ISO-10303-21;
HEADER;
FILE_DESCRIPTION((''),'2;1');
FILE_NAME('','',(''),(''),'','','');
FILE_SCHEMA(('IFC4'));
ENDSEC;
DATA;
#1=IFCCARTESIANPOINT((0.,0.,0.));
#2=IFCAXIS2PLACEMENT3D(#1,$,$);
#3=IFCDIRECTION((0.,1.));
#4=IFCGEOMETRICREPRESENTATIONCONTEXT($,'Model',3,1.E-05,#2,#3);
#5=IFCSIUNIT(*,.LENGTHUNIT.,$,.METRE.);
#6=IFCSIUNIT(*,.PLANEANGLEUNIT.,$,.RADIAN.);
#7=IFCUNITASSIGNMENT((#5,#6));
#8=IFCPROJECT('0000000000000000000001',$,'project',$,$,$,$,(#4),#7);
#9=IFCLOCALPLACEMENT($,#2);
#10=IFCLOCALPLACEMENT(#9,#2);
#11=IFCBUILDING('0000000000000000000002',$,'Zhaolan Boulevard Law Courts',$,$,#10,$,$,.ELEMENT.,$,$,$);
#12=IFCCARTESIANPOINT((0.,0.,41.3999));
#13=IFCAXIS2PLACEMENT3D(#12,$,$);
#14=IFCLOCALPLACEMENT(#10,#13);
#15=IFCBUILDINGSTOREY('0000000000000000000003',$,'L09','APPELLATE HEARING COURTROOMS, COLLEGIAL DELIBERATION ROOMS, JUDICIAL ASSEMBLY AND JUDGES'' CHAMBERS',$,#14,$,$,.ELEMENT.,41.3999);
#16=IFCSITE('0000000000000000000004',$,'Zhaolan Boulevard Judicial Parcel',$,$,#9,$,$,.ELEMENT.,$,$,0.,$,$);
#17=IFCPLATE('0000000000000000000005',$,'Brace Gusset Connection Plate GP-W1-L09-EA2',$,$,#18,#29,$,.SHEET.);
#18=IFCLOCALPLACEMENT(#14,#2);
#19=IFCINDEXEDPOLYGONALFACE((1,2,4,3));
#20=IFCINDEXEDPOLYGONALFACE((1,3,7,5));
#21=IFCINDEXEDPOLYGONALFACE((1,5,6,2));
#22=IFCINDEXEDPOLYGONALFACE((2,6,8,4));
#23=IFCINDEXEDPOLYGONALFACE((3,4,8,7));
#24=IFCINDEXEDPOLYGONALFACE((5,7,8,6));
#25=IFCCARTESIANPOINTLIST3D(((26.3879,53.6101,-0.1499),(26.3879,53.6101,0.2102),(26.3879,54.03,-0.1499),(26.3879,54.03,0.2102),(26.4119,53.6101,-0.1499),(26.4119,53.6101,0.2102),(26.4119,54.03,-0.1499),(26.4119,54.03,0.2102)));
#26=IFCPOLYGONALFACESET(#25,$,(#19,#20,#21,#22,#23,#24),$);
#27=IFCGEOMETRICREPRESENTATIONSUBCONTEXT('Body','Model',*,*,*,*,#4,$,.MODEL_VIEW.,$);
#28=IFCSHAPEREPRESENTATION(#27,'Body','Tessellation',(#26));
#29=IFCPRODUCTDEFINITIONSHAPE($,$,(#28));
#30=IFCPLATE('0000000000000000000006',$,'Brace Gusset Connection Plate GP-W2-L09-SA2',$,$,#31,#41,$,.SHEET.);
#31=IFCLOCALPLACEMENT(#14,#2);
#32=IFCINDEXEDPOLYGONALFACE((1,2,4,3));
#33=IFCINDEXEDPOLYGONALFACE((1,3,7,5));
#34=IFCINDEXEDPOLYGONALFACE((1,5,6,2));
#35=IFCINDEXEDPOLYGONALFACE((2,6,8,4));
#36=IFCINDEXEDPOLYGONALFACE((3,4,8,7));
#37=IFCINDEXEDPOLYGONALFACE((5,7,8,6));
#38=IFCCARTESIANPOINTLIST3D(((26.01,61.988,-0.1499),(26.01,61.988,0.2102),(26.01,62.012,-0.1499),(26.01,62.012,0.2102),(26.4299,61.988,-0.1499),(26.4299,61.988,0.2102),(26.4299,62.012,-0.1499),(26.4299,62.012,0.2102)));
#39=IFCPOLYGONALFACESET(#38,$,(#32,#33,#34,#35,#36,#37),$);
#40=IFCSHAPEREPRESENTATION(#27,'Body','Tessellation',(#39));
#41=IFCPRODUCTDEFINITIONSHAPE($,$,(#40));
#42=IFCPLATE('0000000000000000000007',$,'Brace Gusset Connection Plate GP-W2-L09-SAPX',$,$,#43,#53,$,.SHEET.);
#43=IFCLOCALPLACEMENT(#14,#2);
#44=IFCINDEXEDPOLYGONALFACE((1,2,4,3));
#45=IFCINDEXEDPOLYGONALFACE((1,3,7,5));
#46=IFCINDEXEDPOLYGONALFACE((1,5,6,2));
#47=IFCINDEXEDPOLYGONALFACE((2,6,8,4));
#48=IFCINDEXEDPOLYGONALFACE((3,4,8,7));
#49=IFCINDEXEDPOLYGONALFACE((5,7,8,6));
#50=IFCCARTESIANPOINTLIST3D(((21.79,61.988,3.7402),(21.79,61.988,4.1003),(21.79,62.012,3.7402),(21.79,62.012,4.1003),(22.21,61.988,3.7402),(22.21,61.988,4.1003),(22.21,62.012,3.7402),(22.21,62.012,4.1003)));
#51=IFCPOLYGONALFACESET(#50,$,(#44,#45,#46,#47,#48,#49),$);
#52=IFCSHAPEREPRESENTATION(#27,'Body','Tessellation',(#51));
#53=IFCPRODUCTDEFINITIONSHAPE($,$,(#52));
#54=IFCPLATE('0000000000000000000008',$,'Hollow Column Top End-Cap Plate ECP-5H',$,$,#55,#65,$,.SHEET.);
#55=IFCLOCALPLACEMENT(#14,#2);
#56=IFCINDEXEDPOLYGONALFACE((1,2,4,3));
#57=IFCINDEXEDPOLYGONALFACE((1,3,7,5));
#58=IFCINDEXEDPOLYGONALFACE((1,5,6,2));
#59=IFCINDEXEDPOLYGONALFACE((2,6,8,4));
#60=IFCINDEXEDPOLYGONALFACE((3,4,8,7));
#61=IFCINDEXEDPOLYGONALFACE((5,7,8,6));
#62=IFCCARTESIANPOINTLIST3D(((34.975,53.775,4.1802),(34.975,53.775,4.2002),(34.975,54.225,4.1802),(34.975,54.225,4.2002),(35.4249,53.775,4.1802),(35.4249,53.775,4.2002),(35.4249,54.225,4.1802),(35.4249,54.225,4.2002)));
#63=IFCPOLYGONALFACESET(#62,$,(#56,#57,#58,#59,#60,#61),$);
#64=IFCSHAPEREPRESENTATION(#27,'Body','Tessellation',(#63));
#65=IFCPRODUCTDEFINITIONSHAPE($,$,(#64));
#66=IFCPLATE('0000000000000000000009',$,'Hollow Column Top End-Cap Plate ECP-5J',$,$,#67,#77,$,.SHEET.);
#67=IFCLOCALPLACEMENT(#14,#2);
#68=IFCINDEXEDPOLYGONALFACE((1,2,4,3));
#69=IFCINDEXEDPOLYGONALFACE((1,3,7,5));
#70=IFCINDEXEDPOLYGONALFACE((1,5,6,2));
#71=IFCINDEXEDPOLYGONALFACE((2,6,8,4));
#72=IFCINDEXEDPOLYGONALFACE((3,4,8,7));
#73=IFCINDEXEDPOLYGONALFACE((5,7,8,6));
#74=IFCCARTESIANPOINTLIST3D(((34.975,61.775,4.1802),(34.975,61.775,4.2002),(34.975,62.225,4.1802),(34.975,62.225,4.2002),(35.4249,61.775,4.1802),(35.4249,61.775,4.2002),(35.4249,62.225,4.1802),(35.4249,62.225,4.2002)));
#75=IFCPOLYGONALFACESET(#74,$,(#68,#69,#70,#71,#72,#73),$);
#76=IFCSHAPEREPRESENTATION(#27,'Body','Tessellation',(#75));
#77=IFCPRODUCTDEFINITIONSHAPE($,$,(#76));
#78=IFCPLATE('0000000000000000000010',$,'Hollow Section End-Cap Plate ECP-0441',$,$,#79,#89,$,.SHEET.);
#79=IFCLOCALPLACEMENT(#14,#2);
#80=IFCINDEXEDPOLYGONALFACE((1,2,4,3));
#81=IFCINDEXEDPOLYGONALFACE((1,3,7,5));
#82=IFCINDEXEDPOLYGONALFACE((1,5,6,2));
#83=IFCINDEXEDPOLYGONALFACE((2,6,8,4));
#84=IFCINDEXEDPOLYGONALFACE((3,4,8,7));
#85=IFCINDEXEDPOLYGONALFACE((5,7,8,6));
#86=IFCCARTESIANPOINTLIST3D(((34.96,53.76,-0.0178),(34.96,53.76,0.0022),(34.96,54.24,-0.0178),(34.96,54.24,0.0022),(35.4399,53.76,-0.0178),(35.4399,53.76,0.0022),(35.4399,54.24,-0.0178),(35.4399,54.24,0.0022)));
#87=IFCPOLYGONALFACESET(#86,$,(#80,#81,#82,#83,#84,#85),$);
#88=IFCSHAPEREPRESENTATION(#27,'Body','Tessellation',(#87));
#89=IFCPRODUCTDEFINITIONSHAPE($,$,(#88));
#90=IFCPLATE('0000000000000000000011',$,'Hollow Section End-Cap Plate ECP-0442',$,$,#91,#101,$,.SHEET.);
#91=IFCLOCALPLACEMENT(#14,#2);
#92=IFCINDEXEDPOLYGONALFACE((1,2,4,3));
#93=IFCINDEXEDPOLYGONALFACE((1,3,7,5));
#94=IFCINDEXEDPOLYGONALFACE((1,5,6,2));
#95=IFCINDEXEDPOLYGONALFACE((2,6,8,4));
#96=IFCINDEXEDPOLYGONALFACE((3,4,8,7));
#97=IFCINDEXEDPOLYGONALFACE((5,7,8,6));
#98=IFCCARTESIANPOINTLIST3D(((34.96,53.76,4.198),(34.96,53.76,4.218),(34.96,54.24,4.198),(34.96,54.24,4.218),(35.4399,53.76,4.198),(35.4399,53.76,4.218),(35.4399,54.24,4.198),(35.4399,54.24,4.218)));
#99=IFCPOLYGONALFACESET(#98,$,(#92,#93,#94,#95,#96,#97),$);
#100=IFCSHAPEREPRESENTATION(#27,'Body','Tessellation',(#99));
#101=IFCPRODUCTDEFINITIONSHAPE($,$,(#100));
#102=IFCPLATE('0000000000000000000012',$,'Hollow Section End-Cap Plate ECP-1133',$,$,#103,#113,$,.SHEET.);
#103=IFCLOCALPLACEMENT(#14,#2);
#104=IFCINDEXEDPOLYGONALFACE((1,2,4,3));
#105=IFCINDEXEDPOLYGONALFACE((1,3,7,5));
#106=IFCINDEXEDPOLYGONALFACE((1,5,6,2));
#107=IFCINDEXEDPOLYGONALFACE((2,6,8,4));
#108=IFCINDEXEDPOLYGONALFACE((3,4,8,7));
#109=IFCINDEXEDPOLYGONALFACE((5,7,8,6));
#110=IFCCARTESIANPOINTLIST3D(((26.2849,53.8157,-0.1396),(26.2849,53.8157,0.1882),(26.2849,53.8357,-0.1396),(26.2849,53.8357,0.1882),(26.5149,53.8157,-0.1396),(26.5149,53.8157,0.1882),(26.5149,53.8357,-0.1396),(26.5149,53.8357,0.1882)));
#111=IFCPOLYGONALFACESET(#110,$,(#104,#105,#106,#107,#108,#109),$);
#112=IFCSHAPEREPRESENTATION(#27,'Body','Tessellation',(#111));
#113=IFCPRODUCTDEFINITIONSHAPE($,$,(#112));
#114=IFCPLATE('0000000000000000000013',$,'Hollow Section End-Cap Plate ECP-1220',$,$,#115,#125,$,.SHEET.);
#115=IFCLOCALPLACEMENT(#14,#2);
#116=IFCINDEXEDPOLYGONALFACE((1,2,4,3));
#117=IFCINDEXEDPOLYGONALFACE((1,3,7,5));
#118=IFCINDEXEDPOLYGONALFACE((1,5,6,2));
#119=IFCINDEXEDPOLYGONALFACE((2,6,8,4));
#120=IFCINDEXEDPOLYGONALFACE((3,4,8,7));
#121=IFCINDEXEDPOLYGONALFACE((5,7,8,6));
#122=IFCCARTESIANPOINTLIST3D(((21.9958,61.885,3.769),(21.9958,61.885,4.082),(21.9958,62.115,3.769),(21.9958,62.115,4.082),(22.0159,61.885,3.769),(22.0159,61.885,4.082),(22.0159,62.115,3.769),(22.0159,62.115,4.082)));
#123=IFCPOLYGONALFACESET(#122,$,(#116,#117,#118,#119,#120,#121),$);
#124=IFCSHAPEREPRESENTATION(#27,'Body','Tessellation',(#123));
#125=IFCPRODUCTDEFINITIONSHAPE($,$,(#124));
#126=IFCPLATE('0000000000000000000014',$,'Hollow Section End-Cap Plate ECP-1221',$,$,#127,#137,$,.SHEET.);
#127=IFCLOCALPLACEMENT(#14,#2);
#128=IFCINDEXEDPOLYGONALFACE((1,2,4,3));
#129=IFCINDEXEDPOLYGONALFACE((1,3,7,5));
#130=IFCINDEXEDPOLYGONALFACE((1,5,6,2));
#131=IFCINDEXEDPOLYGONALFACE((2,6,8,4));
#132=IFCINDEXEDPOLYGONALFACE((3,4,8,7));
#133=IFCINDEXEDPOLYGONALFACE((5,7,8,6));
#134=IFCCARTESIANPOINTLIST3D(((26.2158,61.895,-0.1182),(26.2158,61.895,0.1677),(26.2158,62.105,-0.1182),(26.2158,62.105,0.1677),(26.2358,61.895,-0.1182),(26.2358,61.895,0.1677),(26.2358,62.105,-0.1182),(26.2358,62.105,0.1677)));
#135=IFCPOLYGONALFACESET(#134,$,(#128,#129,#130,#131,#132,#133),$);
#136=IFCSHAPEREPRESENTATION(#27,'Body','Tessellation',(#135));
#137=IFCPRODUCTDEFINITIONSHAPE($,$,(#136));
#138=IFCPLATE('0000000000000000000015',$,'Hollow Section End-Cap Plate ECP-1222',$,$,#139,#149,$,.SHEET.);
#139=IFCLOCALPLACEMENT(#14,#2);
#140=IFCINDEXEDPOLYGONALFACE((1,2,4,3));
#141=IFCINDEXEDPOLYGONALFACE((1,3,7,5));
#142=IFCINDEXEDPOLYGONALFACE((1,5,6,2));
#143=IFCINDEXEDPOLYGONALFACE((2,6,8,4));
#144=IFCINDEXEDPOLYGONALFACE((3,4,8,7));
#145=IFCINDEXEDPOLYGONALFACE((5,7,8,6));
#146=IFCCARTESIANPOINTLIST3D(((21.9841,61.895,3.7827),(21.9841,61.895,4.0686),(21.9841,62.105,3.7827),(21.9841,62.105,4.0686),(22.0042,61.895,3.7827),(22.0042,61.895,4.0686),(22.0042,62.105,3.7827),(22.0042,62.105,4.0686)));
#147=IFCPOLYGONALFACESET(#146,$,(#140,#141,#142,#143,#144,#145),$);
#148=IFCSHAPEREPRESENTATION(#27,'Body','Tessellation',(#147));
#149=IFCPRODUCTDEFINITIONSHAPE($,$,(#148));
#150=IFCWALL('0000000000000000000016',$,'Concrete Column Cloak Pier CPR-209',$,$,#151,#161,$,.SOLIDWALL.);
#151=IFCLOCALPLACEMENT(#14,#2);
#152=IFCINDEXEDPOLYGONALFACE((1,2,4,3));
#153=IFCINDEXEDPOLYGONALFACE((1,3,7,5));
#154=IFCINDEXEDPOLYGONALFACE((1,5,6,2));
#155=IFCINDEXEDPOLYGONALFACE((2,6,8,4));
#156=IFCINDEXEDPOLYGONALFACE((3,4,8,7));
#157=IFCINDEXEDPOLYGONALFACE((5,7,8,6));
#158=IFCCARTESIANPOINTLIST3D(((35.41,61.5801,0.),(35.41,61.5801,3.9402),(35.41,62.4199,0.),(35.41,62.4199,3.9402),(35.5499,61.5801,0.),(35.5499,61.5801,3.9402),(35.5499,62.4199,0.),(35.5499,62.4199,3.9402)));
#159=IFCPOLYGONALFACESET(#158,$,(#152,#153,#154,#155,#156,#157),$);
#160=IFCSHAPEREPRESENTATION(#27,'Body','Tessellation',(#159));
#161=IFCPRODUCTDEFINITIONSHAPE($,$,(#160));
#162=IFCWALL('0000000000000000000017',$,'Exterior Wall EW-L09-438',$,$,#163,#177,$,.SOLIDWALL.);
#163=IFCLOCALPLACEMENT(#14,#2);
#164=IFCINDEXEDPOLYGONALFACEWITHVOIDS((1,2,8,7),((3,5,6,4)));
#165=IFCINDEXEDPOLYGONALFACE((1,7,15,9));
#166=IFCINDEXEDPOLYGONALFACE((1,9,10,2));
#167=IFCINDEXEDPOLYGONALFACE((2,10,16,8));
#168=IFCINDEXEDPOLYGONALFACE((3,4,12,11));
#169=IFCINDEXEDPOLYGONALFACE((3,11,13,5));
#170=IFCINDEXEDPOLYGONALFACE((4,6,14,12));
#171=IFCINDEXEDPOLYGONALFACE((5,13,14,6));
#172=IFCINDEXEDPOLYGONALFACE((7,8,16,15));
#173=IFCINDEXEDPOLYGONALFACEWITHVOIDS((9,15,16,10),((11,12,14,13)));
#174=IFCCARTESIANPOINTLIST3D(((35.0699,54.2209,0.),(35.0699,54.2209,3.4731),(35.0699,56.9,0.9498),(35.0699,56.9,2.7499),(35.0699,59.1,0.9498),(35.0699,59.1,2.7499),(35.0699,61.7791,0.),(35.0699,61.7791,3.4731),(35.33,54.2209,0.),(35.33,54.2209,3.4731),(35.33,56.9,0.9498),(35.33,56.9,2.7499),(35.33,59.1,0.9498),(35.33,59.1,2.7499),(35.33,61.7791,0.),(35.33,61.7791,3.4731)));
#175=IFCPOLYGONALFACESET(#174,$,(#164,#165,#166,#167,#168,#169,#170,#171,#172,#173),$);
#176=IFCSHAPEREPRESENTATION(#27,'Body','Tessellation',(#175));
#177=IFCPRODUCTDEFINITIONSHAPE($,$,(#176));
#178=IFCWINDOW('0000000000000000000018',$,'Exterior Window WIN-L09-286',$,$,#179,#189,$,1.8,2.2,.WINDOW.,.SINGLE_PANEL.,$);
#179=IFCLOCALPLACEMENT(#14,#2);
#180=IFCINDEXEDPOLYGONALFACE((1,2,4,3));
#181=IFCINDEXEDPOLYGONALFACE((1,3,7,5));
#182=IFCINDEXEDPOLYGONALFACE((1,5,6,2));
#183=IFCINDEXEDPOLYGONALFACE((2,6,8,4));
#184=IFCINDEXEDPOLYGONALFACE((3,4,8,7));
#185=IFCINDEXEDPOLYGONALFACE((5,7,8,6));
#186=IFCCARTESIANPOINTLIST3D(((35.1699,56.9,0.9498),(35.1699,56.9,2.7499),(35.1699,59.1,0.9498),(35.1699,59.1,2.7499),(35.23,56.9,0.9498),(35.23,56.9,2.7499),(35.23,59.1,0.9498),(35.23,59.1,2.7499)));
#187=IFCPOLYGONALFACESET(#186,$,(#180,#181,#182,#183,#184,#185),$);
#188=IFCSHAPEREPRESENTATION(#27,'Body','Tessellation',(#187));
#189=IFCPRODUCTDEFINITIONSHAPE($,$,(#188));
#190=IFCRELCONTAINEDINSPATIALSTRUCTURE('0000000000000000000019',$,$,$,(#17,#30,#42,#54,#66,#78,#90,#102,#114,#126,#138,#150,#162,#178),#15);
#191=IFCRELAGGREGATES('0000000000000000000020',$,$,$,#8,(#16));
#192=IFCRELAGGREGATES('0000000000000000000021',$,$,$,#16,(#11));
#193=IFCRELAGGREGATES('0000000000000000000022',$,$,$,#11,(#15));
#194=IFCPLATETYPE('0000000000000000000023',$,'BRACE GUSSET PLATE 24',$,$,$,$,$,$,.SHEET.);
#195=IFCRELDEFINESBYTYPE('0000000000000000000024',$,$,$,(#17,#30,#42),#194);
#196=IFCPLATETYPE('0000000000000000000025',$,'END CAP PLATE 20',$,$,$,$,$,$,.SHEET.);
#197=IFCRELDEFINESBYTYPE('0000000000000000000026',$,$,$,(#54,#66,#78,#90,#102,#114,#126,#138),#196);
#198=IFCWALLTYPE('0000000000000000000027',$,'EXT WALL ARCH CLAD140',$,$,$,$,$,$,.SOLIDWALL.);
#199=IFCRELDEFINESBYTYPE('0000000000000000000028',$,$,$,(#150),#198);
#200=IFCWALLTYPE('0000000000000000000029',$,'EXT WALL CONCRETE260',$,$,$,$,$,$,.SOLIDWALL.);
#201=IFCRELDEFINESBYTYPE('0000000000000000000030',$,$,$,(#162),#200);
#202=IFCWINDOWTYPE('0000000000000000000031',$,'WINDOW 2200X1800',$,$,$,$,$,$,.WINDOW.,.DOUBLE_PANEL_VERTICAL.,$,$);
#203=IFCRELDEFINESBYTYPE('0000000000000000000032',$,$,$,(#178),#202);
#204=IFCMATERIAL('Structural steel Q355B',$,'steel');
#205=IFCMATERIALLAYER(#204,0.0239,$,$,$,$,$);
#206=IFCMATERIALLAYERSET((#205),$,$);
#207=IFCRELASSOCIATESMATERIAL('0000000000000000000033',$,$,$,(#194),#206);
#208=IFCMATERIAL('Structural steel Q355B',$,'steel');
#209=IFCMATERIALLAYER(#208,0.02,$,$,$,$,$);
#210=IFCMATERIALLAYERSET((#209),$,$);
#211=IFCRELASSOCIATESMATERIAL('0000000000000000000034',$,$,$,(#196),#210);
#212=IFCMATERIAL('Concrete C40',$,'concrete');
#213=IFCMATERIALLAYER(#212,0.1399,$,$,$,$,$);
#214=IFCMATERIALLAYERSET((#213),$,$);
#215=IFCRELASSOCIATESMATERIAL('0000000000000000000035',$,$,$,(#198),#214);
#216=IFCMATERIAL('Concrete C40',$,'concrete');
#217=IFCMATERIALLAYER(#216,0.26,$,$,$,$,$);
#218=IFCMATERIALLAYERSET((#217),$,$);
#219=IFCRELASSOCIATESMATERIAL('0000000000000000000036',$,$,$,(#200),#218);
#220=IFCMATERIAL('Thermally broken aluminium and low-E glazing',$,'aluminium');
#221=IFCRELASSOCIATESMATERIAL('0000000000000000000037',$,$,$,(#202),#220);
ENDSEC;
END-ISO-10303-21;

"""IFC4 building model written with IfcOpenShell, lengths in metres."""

from ifc_helpers import new_model, si_unit, direction, frame, frame_2d, origin, origin_2d, place, context, subcontext, project, spatial, rectangle, extrude, material, layer, layer_set, type_object, element, fill, save


model = new_model("IFC4")

# Units and contexts
model_context = context("Model", 3, precision=1e-05, world=origin(), true_north=direction((0.0, 1.0)))
body_context = subcontext(model_context, "Body", "Model", "MODEL_VIEW")
ifc_project = project(units=[si_unit("LENGTHUNIT", "METRE"), si_unit("PLANEANGLEUNIT", "RADIAN")], contexts=[model_context])

# Site, building, storey
site_placement = place(None, origin())
site = spatial("IfcSite", under=ifc_project, at=site_placement, Name="Zhaolan Boulevard Judicial Parcel", CompositionType="ELEMENT", RefElevation=0.0)
building_placement = place(site_placement, origin())
building = spatial("IfcBuilding", under=site, at=building_placement, Name="Zhaolan Boulevard Law Courts", CompositionType="ELEMENT")
storey_placement = place(building_placement, frame((0.0, 0.0, 41.3999)))
storey = spatial("IfcBuildingStorey", under=building, at=storey_placement, Name="L09", Description="APPELLATE HEARING COURTROOMS, COLLEGIAL DELIBERATION ROOMS, JUDICIAL ASSEMBLY AND JUDGES' CHAMBERS", CompositionType="ELEMENT", Elevation=41.3999)

# Plates
ifc_material_1 = material(Name="Structural steel Q355B", Category="steel")
ifc_layer_1 = layer(ifc_material_1, 0.0239)
ifc_layer_set_1 = layer_set([ifc_layer_1])
plate_type_1 = type_object("IfcPlateType", Name="BRACE GUSSET PLATE 24", PredefinedType="SHEET", material=ifc_layer_set_1)
for number, where, z_axis, x_axis, name in (
    (1, (26.3999, 53.8201, -0.1499), (0.0, 0.0, 1.0), (0.0, 1.0, 0.0), "Brace Gusset Connection Plate GP-W1-L09-EA2"),
    (2, (26.22, 62.0, -0.1499), (0.0, 0.0, 1.0), (1.0, 0.0, 0.0), "Brace Gusset Connection Plate GP-W2-L09-SA2"),
    (3, (22.0, 62.0, 3.7402), (0.0, 0.0, 1.0), (1.0, 0.0, 0.0), "Brace Gusset Connection Plate GP-W2-L09-SAPX"),
):
    element("IfcPlate", number, at=place(storey_placement, frame(where, z_axis=z_axis, x_axis=x_axis)), inside=storey, type_object=plate_type_1, Name=name, PredefinedType="SHEET", context=body_context, shape_type="SweptSolid", body=[
        extrude(rectangle(XDim=0.4199, YDim=0.0239, at=origin_2d()), origin(), (0.0, 0.0, 1.0), 0.3601),
    ])
ifc_material_2 = material(Name="Structural steel Q355B", Category="steel")
ifc_layer_2 = layer(ifc_material_2, 0.02)
ifc_layer_set_2 = layer_set([ifc_layer_2])
plate_type_2 = type_object("IfcPlateType", Name="END CAP PLATE 20", PredefinedType="SHEET", material=ifc_layer_set_2)
for number, where, z_axis, x_axis, name in (
    (4, (35.2, 54.0, 4.1802), (0.0, 0.0, 1.0), (1.0, 0.0, 0.0), "Hollow Column Top End-Cap Plate ECP-5H"),
    (5, (35.2, 62.0, 4.1802), (0.0, 0.0, 1.0), (1.0, 0.0, 0.0), "Hollow Column Top End-Cap Plate ECP-5J"),
):
    element("IfcPlate", number, at=place(storey_placement, frame(where, z_axis=z_axis, x_axis=x_axis)), inside=storey, type_object=plate_type_2, Name=name, PredefinedType="SHEET", context=body_context, shape_type="SweptSolid", body=[
        extrude(rectangle(XDim=0.45, YDim=0.45, at=origin_2d()), origin(), (0.0, 0.0, 1.0), 0.02),
    ])
for number, where, z_axis, x_axis, name in (
    (6, (35.2, 54.0, -0.0178), (0.0, 0.0, 1.0), (1.0, 0.0, 0.0), "Hollow Section End-Cap Plate ECP-0441"),
    (7, (35.2, 54.0, 4.198), (0.0, 0.0, 1.0), (1.0, 0.0, 0.0), "Hollow Section End-Cap Plate ECP-0442"),
):
    element("IfcPlate", number, at=place(storey_placement, frame(where, z_axis=z_axis, x_axis=x_axis)), inside=storey, type_object=plate_type_2, Name=name, PredefinedType="SHEET", context=body_context, shape_type="SweptSolid", body=[
        extrude(rectangle(XDim=0.48, YDim=0.48, at=origin_2d()), origin(), (0.0, 0.0, 1.0), 0.02),
    ])
plate_1_placement = place(storey_placement, frame((26.3999, 53.8257, -0.1396), z_axis=(0.0, 0.0, 1.0), x_axis=(0.0, -1.0, 0.0)))
element("IfcPlate", 8, at=plate_1_placement, inside=storey, type_object=plate_type_2, Name="Hollow Section End-Cap Plate ECP-1133", PredefinedType="SHEET", context=body_context, shape_type="SweptSolid", body=[
    extrude(rectangle(XDim=0.02, YDim=0.23, at=origin_2d()), origin(), (0.0, 0.0, 1.0), 0.3279),
])
plate_2_placement = place(storey_placement, frame((22.0059, 62.0, 3.769), z_axis=(0.0, 0.0, 1.0), x_axis=(1.0, 0.0, 0.0)))
element("IfcPlate", 9, at=plate_2_placement, inside=storey, type_object=plate_type_2, Name="Hollow Section End-Cap Plate ECP-1220", PredefinedType="SHEET", context=body_context, shape_type="SweptSolid", body=[
    extrude(rectangle(XDim=0.02, YDim=0.23, at=origin_2d()), origin(), (0.0, 0.0, 1.0), 0.313),
])
for number, where, z_axis, x_axis, name in (
    (10, (26.2258, 62.0, -0.1182), (0.0, 0.0, 1.0), (-1.0, 0.0, 0.0), "Hollow Section End-Cap Plate ECP-1221"),
    (11, (21.9941, 62.0, 3.7827), (0.0, 0.0, 1.0), (-1.0, 0.0, 0.0), "Hollow Section End-Cap Plate ECP-1222"),
):
    element("IfcPlate", number, at=place(storey_placement, frame(where, z_axis=z_axis, x_axis=x_axis)), inside=storey, type_object=plate_type_2, Name=name, PredefinedType="SHEET", context=body_context, shape_type="SweptSolid", body=[
        extrude(rectangle(XDim=0.02, YDim=0.21, at=origin_2d()), origin(), (0.0, 0.0, 1.0), 0.2859),
    ])

# Wall
ifc_material_3 = material(Name="Concrete C40", Category="concrete")
ifc_layer_3 = layer(ifc_material_3, 0.1399)
ifc_layer_set_3 = layer_set([ifc_layer_3])
wall_type_1 = type_object("IfcWallType", Name="EXT WALL ARCH CLAD140", PredefinedType="SOLIDWALL", material=ifc_layer_set_3)
wall_1_placement = place(storey_placement, frame((35.48, 61.5801, 0.0), z_axis=(0.0, 0.0, 1.0), x_axis=(0.0, 1.0, 0.0)))
element("IfcWall", 12, at=wall_1_placement, inside=storey, type_object=wall_type_1, Name="Concrete Column Cloak Pier CPR-209", PredefinedType="SOLIDWALL", context=body_context, shape_type="SweptSolid", body=[
    extrude(rectangle(XDim=0.8398, YDim=0.1399, at=frame_2d((0.4199, 0.0))), origin(), (0.0, 0.0, 1.0), 3.9402),
])

# Wall, opening, window
ifc_material_4 = material(Name="Concrete C40", Category="concrete")
ifc_layer_4 = layer(ifc_material_4, 0.26)
ifc_layer_set_4 = layer_set([ifc_layer_4])
wall_type_2 = type_object("IfcWallType", Name="EXT WALL CONCRETE260", PredefinedType="SOLIDWALL", material=ifc_layer_set_4)
wall_2_placement = place(storey_placement, frame((35.2, 54.2209, 0.0), z_axis=(0.0, 0.0, 1.0), x_axis=(0.0, 1.0, 0.0)))
wall_2 = element("IfcWall", 13, at=wall_2_placement, inside=storey, type_object=wall_type_2, Name="Exterior Wall EW-L09-438", PredefinedType="SOLIDWALL", context=body_context, shape_type="SweptSolid", body=[
    extrude(rectangle(XDim=7.5581, YDim=0.26, at=frame_2d((3.7791, 0.0))), origin(), (0.0, 0.0, 1.0), 3.4731),
])
opening_1_placement = place(wall_2_placement, frame((2.679, 0.0, 0.95)))
opening_1 = element("IfcOpeningElement", 14, at=opening_1_placement, cuts=wall_2, PredefinedType="OPENING", context=body_context, shape_type="SweptSolid", body=[
    extrude(rectangle(XDim=2.2, YDim=1.8, at=frame_2d((1.1001, 0.8999))), frame((0.0, 0.1399, 0.0), z_axis=(0.0, -1.0, 0.0), x_axis=(1.0, 0.0, 0.0)), (0.0, 0.0, 1.0), 0.28),
])
ifc_material_5 = material(Name="Thermally broken aluminium and low-E glazing", Category="aluminium")
window_type = type_object("IfcWindowType", Name="WINDOW 2200X1800", PartitioningType="DOUBLE_PANEL_VERTICAL", PredefinedType="WINDOW", material=ifc_material_5)
window_placement = place(opening_1_placement, origin())
window = element("IfcWindow", 15, at=window_placement, inside=storey, type_object=window_type, Name="Exterior Window WIN-L09-286", OverallHeight=1.8, OverallWidth=2.2, PartitioningType="SINGLE_PANEL", PredefinedType="WINDOW", context=body_context, shape_type="SweptSolid", body=[
    extrude(rectangle(XDim=2.2, YDim=1.8, at=frame_2d((1.1001, 0.8999))), frame((0.0, 0.03, 0.0), z_axis=(0.0, -1.0, 0.0), x_axis=(1.0, 0.0, 0.0)), (0.0, 0.0, 1.0), 0.0601),
])
fill(opening_1, window)

save(model, "model.ifc")
